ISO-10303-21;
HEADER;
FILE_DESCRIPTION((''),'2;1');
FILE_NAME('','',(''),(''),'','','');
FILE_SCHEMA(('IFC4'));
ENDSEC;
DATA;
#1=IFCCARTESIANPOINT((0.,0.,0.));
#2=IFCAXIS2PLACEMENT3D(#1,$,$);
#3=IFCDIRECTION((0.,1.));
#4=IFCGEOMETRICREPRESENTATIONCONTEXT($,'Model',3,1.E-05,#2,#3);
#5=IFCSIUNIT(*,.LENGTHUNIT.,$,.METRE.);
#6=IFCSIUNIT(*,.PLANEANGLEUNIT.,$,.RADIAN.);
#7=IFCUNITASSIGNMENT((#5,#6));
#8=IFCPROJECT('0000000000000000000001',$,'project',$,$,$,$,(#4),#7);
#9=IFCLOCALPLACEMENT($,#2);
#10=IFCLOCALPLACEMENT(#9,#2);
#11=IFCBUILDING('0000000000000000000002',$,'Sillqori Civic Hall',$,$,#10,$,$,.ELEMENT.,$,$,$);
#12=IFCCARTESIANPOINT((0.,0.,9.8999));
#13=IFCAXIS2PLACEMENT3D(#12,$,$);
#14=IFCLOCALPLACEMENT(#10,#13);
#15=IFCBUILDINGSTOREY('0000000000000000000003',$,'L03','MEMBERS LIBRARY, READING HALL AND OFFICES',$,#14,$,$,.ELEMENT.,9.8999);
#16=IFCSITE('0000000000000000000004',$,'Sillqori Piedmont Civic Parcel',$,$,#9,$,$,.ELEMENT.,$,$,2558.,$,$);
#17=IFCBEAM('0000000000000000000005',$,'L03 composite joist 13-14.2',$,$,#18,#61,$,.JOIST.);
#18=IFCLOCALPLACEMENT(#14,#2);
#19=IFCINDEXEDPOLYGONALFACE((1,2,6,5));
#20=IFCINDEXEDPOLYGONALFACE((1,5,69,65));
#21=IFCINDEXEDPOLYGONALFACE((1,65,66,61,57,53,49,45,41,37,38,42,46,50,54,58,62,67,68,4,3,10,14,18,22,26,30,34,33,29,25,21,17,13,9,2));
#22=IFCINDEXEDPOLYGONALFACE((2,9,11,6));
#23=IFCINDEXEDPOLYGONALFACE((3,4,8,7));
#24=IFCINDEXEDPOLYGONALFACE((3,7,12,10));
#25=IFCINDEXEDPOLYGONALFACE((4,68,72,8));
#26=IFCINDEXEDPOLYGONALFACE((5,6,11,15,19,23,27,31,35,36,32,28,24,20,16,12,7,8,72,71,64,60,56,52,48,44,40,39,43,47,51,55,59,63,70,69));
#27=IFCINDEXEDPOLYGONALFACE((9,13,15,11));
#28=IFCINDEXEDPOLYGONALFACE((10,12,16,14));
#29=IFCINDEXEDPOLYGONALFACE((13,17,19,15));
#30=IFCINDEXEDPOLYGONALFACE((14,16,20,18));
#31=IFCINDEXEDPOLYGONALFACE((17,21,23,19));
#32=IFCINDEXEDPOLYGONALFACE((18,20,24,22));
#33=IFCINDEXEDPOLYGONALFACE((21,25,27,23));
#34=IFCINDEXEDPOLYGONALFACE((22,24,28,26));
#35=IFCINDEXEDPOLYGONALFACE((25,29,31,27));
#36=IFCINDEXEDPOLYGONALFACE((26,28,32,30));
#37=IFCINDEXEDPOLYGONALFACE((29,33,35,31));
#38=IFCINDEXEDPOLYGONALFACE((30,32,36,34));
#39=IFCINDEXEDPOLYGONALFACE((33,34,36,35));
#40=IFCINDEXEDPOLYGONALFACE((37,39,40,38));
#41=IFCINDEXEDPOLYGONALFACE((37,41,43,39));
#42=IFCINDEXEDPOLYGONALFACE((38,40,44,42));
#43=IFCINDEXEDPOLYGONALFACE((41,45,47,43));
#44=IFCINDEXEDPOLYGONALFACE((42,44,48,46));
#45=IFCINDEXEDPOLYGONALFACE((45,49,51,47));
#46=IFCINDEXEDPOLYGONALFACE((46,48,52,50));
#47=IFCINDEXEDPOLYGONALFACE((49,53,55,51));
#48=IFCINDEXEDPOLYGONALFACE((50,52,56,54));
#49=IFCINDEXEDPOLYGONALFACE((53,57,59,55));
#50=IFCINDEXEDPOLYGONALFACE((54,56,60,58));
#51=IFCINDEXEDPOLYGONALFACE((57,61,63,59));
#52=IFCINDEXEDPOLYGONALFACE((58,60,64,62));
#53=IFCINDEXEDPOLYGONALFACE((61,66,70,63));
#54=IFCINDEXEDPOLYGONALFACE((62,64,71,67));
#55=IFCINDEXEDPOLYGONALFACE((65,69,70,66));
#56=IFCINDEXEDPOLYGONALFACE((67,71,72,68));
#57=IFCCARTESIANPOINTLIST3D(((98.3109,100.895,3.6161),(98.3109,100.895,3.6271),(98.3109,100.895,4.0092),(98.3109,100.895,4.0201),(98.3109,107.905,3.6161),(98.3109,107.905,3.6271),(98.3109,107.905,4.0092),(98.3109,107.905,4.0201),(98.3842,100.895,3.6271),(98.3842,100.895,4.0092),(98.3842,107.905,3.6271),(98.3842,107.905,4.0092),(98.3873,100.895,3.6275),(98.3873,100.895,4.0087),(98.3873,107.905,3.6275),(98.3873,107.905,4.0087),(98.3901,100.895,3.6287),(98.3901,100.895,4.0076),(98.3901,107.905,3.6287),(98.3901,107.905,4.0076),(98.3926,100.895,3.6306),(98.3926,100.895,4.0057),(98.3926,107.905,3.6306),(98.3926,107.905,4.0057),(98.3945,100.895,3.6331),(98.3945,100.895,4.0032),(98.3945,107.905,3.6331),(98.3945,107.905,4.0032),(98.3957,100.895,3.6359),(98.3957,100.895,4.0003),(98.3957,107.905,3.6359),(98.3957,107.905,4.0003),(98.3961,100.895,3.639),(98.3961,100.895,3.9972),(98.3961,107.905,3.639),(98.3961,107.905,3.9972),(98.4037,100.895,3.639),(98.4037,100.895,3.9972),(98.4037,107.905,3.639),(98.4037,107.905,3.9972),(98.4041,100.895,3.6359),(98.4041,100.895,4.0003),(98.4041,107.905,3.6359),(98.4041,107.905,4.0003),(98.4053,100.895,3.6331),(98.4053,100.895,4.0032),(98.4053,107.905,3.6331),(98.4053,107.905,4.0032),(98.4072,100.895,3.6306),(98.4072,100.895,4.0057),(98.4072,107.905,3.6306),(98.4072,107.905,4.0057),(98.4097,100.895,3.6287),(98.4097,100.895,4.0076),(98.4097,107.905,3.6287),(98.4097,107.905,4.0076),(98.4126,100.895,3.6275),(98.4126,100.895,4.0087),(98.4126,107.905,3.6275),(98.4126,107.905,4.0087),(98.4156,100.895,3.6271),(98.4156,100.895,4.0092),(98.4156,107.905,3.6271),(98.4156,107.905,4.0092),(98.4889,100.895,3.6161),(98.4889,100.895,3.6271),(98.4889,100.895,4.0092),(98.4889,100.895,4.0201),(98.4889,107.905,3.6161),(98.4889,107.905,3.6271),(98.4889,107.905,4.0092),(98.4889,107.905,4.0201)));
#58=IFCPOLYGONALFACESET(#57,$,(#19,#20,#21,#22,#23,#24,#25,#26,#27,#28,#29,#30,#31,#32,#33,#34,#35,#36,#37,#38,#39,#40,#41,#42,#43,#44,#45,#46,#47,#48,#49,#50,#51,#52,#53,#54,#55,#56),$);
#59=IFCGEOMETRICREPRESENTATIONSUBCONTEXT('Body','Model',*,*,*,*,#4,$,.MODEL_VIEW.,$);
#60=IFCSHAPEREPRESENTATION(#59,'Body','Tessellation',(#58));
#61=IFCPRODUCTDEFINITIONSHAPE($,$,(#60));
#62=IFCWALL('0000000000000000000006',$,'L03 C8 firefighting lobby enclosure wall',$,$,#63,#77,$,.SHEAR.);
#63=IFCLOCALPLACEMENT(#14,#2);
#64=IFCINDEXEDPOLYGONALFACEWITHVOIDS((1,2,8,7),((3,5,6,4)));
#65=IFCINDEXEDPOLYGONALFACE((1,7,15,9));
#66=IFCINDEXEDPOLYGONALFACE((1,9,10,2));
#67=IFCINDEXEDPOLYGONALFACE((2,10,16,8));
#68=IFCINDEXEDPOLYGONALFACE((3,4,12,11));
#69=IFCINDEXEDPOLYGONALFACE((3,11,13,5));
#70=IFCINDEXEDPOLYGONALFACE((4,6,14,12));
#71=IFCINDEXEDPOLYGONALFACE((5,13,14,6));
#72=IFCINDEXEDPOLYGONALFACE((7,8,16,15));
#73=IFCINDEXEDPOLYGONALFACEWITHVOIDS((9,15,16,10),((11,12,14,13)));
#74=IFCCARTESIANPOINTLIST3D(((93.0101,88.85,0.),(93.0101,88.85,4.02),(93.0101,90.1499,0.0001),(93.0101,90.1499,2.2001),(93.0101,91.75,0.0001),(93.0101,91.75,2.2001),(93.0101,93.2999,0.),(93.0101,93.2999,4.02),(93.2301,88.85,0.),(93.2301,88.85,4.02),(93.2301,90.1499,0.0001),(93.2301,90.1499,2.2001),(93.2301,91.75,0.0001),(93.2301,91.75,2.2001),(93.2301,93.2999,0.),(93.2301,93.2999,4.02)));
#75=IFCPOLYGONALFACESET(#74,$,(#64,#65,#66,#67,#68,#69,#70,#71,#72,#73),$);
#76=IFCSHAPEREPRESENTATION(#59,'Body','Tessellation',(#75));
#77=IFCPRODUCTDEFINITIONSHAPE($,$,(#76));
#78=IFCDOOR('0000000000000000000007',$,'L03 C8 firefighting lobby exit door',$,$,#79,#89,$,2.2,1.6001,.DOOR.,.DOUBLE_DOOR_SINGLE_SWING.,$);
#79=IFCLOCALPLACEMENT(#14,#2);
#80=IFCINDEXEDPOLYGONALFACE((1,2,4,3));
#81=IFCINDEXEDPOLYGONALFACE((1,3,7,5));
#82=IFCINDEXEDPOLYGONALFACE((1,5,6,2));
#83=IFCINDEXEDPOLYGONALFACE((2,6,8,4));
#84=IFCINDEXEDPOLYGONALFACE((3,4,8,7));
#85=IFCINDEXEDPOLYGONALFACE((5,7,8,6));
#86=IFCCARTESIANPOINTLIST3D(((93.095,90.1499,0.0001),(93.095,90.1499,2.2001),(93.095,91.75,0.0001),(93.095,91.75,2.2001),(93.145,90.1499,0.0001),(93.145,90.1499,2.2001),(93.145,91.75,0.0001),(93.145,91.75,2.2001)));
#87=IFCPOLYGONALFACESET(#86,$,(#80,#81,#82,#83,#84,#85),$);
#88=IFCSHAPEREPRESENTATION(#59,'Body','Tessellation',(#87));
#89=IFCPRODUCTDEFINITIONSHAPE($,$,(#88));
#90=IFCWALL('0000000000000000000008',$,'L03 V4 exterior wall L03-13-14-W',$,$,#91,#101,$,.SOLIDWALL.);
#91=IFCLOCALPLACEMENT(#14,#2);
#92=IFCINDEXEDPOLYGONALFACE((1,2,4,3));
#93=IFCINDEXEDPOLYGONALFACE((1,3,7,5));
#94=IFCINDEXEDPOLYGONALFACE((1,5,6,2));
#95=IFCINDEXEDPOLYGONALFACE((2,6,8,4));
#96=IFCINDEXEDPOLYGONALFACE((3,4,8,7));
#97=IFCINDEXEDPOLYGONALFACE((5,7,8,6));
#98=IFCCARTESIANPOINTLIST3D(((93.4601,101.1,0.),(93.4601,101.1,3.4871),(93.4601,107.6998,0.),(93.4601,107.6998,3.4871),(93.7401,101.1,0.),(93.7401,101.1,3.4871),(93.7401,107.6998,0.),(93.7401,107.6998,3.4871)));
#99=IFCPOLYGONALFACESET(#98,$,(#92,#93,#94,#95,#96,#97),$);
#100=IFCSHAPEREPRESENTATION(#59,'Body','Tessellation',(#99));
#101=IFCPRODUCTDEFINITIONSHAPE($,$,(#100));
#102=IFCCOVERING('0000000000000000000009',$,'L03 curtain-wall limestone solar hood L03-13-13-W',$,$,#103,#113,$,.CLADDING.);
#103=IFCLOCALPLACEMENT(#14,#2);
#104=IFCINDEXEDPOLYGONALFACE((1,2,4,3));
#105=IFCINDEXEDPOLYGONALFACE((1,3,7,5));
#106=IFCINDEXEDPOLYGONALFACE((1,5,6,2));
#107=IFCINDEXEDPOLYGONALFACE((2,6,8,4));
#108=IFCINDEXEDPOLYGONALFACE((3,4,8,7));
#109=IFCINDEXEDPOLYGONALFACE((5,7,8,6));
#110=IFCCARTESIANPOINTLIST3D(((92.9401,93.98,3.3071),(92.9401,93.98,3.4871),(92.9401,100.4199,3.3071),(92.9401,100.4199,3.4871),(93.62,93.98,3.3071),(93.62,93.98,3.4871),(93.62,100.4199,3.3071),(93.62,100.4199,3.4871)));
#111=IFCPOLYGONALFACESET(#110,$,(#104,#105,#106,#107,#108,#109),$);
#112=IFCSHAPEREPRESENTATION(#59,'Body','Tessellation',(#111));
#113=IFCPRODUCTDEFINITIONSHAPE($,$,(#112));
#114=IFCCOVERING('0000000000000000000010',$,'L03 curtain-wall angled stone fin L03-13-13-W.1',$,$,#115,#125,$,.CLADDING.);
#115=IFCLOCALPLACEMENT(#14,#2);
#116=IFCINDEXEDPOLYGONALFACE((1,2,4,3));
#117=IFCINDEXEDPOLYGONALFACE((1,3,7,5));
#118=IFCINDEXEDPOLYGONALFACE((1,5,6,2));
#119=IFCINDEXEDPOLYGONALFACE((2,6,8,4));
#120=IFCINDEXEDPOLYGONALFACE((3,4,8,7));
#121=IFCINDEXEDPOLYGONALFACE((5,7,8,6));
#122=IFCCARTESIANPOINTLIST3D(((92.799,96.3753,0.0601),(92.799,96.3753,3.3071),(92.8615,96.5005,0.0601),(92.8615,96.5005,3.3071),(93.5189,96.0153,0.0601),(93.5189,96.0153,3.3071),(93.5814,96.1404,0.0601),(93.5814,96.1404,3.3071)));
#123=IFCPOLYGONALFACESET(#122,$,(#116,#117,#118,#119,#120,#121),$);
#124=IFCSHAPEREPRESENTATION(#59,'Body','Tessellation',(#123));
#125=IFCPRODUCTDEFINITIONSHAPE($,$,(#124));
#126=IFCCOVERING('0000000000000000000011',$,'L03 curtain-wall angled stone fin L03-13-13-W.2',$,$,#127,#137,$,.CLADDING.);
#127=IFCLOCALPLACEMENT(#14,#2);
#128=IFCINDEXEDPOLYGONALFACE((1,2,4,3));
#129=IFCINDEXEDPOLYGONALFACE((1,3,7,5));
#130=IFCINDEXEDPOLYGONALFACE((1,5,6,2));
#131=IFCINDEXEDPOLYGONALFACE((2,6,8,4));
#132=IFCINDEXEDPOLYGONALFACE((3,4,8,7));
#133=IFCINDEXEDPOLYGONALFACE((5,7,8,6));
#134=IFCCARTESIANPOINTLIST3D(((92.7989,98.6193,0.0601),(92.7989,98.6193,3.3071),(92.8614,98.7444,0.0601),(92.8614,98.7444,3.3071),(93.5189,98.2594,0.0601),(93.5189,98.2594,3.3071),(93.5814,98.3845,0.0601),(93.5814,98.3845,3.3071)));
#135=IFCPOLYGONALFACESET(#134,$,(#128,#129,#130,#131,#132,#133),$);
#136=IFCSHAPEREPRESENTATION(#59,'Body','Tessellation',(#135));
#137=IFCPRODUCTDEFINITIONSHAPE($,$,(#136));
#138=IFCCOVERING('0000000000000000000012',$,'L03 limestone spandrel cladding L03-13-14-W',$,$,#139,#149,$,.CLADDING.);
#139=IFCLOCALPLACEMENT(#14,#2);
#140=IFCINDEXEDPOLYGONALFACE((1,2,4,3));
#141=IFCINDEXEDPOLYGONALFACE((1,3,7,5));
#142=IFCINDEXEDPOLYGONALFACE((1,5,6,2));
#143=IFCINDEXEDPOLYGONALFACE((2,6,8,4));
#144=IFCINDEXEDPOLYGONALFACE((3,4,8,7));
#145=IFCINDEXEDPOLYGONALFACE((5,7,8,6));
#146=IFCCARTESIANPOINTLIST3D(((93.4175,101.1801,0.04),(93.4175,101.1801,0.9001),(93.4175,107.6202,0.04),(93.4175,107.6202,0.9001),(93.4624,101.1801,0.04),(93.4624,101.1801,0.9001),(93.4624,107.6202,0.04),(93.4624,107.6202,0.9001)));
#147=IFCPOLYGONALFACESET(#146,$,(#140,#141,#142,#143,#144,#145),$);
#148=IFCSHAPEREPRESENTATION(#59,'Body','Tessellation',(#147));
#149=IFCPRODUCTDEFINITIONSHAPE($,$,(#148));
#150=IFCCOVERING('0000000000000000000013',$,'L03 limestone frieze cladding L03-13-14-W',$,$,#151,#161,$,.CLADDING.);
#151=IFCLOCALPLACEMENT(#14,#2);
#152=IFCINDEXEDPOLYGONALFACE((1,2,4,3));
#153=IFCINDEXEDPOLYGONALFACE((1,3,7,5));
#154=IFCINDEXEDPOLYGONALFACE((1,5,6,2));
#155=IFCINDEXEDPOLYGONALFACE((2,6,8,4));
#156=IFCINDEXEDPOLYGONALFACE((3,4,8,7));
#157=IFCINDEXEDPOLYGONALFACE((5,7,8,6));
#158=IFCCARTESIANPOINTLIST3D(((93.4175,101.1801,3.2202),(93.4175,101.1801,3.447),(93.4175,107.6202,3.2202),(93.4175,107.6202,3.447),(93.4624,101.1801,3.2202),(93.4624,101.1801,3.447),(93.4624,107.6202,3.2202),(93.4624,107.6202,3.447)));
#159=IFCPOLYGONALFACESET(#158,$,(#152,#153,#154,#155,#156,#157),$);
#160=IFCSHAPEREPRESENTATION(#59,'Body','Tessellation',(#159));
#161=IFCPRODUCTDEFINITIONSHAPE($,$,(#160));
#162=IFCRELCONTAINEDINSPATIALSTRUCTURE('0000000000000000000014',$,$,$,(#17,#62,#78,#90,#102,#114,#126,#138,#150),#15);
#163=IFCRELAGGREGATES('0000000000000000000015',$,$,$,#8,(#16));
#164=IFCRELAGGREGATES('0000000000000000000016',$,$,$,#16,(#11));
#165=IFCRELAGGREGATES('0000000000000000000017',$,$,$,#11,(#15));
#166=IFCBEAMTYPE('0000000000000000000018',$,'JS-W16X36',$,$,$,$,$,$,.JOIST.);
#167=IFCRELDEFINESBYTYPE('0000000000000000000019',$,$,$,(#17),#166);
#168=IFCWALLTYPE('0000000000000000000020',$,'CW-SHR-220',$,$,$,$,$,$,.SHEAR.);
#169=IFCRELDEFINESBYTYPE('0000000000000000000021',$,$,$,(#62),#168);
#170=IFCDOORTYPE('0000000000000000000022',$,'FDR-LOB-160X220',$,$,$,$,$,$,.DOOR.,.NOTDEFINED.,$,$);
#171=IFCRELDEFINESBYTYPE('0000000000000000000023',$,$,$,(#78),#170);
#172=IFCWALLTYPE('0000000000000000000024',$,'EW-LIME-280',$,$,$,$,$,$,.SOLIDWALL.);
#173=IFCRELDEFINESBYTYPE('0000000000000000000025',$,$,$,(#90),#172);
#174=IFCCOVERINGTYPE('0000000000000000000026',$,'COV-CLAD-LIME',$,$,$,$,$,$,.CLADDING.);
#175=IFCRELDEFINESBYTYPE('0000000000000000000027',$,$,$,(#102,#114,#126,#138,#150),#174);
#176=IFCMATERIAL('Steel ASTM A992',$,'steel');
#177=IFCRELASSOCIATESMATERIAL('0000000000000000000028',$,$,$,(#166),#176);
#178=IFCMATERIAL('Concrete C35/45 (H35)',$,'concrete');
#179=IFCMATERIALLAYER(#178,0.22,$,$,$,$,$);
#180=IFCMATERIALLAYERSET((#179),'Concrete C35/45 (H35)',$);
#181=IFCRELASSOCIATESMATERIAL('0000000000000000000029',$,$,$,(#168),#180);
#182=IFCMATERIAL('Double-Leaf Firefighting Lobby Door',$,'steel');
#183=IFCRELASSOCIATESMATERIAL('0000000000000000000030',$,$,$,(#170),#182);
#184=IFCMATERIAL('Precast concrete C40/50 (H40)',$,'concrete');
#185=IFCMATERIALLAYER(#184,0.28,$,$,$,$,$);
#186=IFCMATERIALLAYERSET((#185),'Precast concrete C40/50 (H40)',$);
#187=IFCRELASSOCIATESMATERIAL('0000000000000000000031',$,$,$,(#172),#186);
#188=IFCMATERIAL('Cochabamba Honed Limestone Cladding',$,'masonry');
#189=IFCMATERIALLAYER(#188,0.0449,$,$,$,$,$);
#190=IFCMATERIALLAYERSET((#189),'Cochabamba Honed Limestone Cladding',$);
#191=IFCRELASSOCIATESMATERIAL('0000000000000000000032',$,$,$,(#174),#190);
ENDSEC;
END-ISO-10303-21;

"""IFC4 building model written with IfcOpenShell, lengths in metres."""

from ifc_helpers import new_model, si_unit, direction, frame, frame_2d, origin, origin_2d, place, context, subcontext, project, spatial, rectangle, i_section, extrude, material, layer, layer_set, material_profile, profile_set, type_object, element, fill, save


model = new_model("IFC4")

# Units and contexts
model_context = context("Model", 3, precision=1e-05, world=origin(), true_north=direction((0.0, 1.0)))
body_context = subcontext(model_context, "Body", "Model", "MODEL_VIEW")
ifc_project = project(units=[si_unit("LENGTHUNIT", "METRE"), si_unit("PLANEANGLEUNIT", "RADIAN")], contexts=[model_context])

# Site, building, storey
site_placement = place(None, origin())
site = spatial("IfcSite", under=ifc_project, at=site_placement, Name="Sillqori Piedmont Civic Parcel", CompositionType="ELEMENT", RefElevation=2558.0)
building_placement = place(site_placement, origin())
building = spatial("IfcBuilding", under=site, at=building_placement, Name="Sillqori Civic Hall", CompositionType="ELEMENT")
storey_placement = place(building_placement, frame((0.0, 0.0, 9.8999)))
storey = spatial("IfcBuildingStorey", under=building, at=storey_placement, Name="L03", Description="MEMBERS LIBRARY, READING HALL AND OFFICES", CompositionType="ELEMENT", Elevation=9.8999)

# Shared definitions
ifc_material_1 = material(Name="Concrete C35/45 (H35)", Category="concrete")

# Shared definitions
ifc_material_2 = material(Name="Steel ASTM A992", Category="steel")

# Beam
ifc_material_profile_1 = material_profile(ifc_material_2, i_section(OverallWidth=0.178, OverallDepth=0.4041, WebThickness=0.0076, FlangeThickness=0.011, FilletRadius=0.012, at=origin_2d()), Name="W16X36")
ifc_profile_set_1 = profile_set([ifc_material_profile_1], Name="Steel ASTM A992")
beam_type_1 = type_object("IfcBeamType", Name="JS-W16X36", PredefinedType="JOIST", material=ifc_profile_set_1)
for number, where, z_axis, x_axis, name in (
    (1, (98.3999, 100.895, 3.8181), (0.0, 1.0, 0.0), (-1.0, 0.0, 0.0), "L03 composite joist 13-14.2"),
):
    element("IfcBeam", number, at=place(storey_placement, frame(where, z_axis=z_axis, x_axis=x_axis)), inside=storey, type_object=beam_type_1, Name=name, PredefinedType="JOIST", context=body_context, shape_type="SweptSolid", body=[
        extrude(i_section(OverallWidth=0.178, OverallDepth=0.4041, WebThickness=0.0076, FlangeThickness=0.011, FilletRadius=0.012, at=origin_2d()), origin(), (0.0, 0.0, 1.0), 7.01),
    ])

# Wall, opening, door
ifc_layer_1 = layer(ifc_material_1, 0.22)
ifc_layer_set_1 = layer_set([ifc_layer_1], Name="Concrete C35/45 (H35)")
wall_type_1 = type_object("IfcWallType", Name="CW-SHR-220", PredefinedType="SHEAR", material=ifc_layer_set_1)
wall_1_placement = place(storey_placement, frame((93.1201, 93.3, 0.0), z_axis=(0.0, 0.0, 1.0), x_axis=(0.0, -1.0, 0.0)))
wall_1 = element("IfcWall", 2, at=wall_1_placement, inside=storey, type_object=wall_type_1, Name="L03 C8 firefighting lobby enclosure wall", PredefinedType="SHEAR", context=body_context, shape_type="SweptSolid", body=[
    extrude(rectangle(XDim=4.45, YDim=0.22, at=frame_2d((2.2251, 0.0))), origin(), (0.0, 0.0, 1.0), 4.02),
])
opening_placement = place(wall_1_placement, frame((1.55, 0.0, 0.0)))
opening = element("IfcOpeningElement", 3, at=opening_placement, cuts=wall_1, PredefinedType="OPENING", context=body_context, shape_type="SweptSolid", body=[
    extrude(rectangle(XDim=1.6001, YDim=2.2, at=frame_2d((0.8, 1.1001))), frame((0.0, 0.1199, 0.0), z_axis=(0.0, -1.0, 0.0), x_axis=(1.0, 0.0, 0.0)), (0.0, 0.0, 1.0), 0.24),
])
ifc_material_3 = material(Name="Double-Leaf Firefighting Lobby Door", Category="steel")
door_type = type_object("IfcDoorType", Name="FDR-LOB-160X220", OperationType="NOTDEFINED", PredefinedType="DOOR", material=ifc_material_3)
door_placement = place(opening_placement, origin())
door = element("IfcDoor", 4, at=door_placement, inside=storey, type_object=door_type, Name="L03 C8 firefighting lobby exit door", OperationType="DOUBLE_DOOR_SINGLE_SWING", OverallHeight=2.2, OverallWidth=1.6001, PredefinedType="DOOR", context=body_context, shape_type="SweptSolid", body=[
    extrude(rectangle(XDim=1.6001, YDim=2.2, at=frame_2d((0.8, 1.1001))), frame((0.0, 0.0249, 0.0), z_axis=(0.0, -1.0, 0.0), x_axis=(1.0, 0.0, 0.0)), (0.0, 0.0, 1.0), 0.05),
])
fill(opening, door)

# Wall
ifc_material_4 = material(Name="Precast concrete C40/50 (H40)", Category="concrete")
ifc_layer_2 = layer(ifc_material_4, 0.28)
ifc_layer_set_2 = layer_set([ifc_layer_2], Name="Precast concrete C40/50 (H40)")
wall_type_2 = type_object("IfcWallType", Name="EW-LIME-280", PredefinedType="SOLIDWALL", material=ifc_layer_set_2)
wall_2_placement = place(storey_placement, frame((93.6001, 101.1001, 0.0), z_axis=(0.0, 0.0, 1.0), x_axis=(0.0, 1.0, 0.0)))
element("IfcWall", 5, at=wall_2_placement, inside=storey, type_object=wall_type_2, Name="L03 V4 exterior wall L03-13-14-W", PredefinedType="SOLIDWALL", context=body_context, shape_type="SweptSolid", body=[
    extrude(rectangle(XDim=6.5999, YDim=0.28, at=frame_2d((3.2998, 0.0))), origin(), (0.0, 0.0, 1.0), 3.4871),
])

# Coverings
ifc_material_5 = material(Name="Cochabamba Honed Limestone Cladding", Category="masonry")
ifc_layer_3 = layer(ifc_material_5, 0.0449)
ifc_layer_set_3 = layer_set([ifc_layer_3], Name="Cochabamba Honed Limestone Cladding")
covering_type = type_object("IfcCoveringType", Name="COV-CLAD-LIME", PredefinedType="CLADDING", material=ifc_layer_set_3)
covering_1_placement = place(storey_placement, frame((93.28, 93.98, 3.3071), z_axis=(0.0, 0.0, 1.0), x_axis=(0.0, 1.0, 0.0)))
element("IfcCovering", 6, at=covering_1_placement, inside=storey, type_object=covering_type, Name="L03 curtain-wall limestone solar hood L03-13-13-W", PredefinedType="CLADDING", context=body_context, shape_type="SweptSolid", body=[
    extrude(rectangle(XDim=6.4399, YDim=0.6799, at=frame_2d((3.22, 0.0))), origin(), (0.0, 0.0, 1.0), 0.1799),
])
for number, where, z_axis, x_axis, name in (
    (7, (93.55, 96.0779, 0.0601), (0.0, 0.0, 1.0), (-0.894367, 0.447335, 0.0), "L03 curtain-wall angled stone fin L03-13-13-W.1"),
    (8, (93.55, 98.322, 0.0601), (0.0, 0.0, 1.0), (-0.894488, 0.447092, 0.0), "L03 curtain-wall angled stone fin L03-13-13-W.2"),
):
    element("IfcCovering", number, at=place(storey_placement, frame(where, z_axis=z_axis, x_axis=x_axis)), inside=storey, type_object=covering_type, Name=name, PredefinedType="CLADDING", context=body_context, shape_type="SweptSolid", body=[
        extrude(rectangle(XDim=0.8049, YDim=0.1399, at=frame_2d((0.4023, 0.0))), origin(), (0.0, 0.0, 1.0), 3.2471),
    ])
covering_2_placement = place(storey_placement, frame((93.4399, 101.1799, 0.04), z_axis=(0.0, 0.0, 1.0), x_axis=(0.0, 1.0, 0.0)))
element("IfcCovering", 9, at=covering_2_placement, inside=storey, type_object=covering_type, Name="L03 limestone spandrel cladding L03-13-14-W", PredefinedType="CLADDING", context=body_context, shape_type="SweptSolid", body=[
    extrude(rectangle(XDim=6.4402, YDim=0.0449, at=frame_2d((3.2202, 0.0))), origin(), (0.0, 0.0, 1.0), 0.8601),
])
covering_3_placement = place(storey_placement, frame((93.4399, 101.1799, 3.2202), z_axis=(0.0, 0.0, 1.0), x_axis=(0.0, 1.0, 0.0)))
element("IfcCovering", 10, at=covering_3_placement, inside=storey, type_object=covering_type, Name="L03 limestone frieze cladding L03-13-14-W", PredefinedType="CLADDING", context=body_context, shape_type="SweptSolid", body=[
    extrude(rectangle(XDim=6.4402, YDim=0.0449, at=frame_2d((3.2202, 0.0))), origin(), (0.0, 0.0, 1.0), 0.2268),
])

save(model, "model.ifc")
